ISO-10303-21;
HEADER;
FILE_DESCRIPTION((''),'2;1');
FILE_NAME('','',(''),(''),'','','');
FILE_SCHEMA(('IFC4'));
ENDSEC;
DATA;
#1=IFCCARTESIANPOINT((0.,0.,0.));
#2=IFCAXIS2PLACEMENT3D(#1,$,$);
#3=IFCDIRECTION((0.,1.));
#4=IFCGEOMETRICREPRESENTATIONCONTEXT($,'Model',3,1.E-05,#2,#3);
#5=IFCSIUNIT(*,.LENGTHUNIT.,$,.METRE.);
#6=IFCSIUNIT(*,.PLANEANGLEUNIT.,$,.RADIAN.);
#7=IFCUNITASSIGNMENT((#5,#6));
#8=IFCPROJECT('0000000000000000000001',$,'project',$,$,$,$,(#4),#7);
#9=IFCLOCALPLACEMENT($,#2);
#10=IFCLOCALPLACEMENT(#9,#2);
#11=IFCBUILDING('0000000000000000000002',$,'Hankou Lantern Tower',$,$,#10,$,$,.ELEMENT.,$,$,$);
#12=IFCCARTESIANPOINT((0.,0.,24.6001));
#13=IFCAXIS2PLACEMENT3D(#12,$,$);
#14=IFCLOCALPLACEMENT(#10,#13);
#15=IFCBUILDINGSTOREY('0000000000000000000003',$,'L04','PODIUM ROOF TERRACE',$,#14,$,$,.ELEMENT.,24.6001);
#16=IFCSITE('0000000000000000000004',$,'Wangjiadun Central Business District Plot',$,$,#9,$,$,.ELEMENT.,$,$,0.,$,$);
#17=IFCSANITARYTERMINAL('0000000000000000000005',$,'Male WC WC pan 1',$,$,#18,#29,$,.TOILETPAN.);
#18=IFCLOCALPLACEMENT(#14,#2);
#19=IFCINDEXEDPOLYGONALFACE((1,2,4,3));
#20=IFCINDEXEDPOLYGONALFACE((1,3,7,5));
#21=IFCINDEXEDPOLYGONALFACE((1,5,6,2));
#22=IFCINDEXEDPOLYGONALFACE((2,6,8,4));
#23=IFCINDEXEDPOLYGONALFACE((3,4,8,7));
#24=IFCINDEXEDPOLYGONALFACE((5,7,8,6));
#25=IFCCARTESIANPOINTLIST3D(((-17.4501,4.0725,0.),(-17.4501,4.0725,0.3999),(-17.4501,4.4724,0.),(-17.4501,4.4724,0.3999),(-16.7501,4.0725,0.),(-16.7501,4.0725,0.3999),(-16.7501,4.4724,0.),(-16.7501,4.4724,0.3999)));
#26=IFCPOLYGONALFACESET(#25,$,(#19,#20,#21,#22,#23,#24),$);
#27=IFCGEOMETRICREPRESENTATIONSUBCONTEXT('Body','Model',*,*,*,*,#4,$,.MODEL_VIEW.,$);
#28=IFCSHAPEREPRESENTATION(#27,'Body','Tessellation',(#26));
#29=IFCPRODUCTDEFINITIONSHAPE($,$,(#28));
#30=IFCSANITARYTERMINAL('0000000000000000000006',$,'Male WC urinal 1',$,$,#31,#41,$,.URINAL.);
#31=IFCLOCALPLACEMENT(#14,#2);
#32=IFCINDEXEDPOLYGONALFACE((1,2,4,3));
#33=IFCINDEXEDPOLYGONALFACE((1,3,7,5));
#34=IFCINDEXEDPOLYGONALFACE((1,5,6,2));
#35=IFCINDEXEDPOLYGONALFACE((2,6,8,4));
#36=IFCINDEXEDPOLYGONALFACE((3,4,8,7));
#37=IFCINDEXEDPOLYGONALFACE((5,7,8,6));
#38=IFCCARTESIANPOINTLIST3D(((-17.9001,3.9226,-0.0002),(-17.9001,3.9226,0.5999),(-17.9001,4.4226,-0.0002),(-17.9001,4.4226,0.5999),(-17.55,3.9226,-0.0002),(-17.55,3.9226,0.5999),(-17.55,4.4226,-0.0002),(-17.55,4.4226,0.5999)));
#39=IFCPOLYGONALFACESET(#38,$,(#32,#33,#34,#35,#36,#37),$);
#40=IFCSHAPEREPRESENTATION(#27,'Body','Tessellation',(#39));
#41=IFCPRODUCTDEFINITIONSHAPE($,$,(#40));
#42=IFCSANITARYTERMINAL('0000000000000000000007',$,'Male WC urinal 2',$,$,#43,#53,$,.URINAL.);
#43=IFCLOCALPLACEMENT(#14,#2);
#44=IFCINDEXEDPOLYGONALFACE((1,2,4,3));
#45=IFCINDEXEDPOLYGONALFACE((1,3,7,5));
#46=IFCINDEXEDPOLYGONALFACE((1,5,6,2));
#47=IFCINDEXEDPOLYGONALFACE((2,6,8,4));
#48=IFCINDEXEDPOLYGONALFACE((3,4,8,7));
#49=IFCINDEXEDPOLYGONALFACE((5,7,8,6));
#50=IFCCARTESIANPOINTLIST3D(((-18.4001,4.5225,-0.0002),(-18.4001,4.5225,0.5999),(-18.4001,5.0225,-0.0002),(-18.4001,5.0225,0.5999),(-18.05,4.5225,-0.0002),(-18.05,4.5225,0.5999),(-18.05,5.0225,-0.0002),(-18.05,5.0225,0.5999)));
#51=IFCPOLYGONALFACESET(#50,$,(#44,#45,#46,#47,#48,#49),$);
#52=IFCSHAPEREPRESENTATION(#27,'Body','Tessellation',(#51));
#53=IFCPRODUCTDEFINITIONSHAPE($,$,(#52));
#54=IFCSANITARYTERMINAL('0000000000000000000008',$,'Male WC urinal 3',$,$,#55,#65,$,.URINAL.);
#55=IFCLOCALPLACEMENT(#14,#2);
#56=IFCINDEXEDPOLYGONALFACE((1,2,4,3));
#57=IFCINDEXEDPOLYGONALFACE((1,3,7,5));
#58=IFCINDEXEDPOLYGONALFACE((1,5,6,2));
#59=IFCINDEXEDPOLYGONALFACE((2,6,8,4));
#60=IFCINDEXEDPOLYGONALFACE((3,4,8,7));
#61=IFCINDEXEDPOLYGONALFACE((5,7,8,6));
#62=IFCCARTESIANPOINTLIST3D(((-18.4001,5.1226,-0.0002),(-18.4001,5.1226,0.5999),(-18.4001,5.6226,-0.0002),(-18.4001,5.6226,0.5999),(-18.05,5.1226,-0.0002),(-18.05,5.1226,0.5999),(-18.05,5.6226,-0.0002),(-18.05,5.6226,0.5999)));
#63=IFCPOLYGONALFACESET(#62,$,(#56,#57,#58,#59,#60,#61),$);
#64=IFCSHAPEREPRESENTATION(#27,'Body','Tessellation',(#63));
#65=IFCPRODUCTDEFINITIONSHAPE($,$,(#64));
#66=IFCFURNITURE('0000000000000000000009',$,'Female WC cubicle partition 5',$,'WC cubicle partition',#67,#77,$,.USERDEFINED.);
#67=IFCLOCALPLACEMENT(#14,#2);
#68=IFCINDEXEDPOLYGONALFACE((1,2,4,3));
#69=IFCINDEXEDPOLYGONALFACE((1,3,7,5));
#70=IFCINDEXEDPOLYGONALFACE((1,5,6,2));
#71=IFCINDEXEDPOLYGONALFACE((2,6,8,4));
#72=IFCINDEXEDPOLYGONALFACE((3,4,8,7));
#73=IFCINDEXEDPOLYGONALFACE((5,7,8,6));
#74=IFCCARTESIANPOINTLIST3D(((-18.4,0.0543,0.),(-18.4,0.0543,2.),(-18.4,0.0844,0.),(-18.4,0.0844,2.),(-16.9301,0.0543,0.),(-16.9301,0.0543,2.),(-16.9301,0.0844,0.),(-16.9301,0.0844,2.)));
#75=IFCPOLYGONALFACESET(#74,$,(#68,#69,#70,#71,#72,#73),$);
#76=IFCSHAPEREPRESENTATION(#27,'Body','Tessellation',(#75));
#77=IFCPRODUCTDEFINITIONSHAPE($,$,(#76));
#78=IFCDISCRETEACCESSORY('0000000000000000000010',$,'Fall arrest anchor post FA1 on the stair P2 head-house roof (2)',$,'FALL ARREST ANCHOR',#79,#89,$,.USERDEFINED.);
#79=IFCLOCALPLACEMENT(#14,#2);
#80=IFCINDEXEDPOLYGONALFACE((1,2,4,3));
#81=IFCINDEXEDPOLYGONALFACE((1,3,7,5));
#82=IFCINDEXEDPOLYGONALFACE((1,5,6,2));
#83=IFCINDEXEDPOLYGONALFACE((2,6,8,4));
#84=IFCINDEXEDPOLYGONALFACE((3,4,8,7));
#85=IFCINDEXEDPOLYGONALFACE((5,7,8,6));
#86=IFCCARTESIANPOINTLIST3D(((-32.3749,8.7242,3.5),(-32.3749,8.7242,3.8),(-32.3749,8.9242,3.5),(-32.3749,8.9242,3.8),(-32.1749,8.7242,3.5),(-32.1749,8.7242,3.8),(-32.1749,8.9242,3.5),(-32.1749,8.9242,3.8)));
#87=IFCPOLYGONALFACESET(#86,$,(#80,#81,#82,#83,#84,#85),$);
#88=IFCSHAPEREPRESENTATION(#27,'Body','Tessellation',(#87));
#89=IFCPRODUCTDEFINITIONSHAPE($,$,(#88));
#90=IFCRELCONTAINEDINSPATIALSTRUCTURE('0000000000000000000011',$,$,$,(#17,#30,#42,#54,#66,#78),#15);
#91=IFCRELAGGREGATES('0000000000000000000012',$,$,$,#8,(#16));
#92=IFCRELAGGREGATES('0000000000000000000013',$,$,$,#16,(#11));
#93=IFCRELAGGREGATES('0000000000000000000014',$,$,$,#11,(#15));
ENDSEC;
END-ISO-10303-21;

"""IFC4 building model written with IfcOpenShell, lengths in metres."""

from ifc_helpers import new_model, si_unit, direction, frame, origin, origin_2d, place, context, subcontext, project, spatial, rectangle, extrude, element, save


model = new_model("IFC4")

# Units and contexts
model_context = context("Model", 3, precision=1e-05, world=origin(), true_north=direction((0.0, 1.0)))
body_context = subcontext(model_context, "Body", "Model", "MODEL_VIEW")
ifc_project = project(units=[si_unit("LENGTHUNIT", "METRE"), si_unit("PLANEANGLEUNIT", "RADIAN")], contexts=[model_context])

# Site, building, storey
site_placement = place(None, origin())
site = spatial("IfcSite", under=ifc_project, at=site_placement, Name="Wangjiadun Central Business District Plot", CompositionType="ELEMENT", RefElevation=0.0)
building_placement = place(site_placement, origin())
building = spatial("IfcBuilding", under=site, at=building_placement, Name="Hankou Lantern Tower", CompositionType="ELEMENT")
storey_placement = place(building_placement, frame((0.0, 0.0, 24.6001)))
storey = spatial("IfcBuildingStorey", under=building, at=storey_placement, Name="L04", Description="PODIUM ROOF TERRACE", CompositionType="ELEMENT", Elevation=24.6001)

# Sanitary terminals
sanitary_terminal_placement = place(storey_placement, frame((-17.1001, 4.2725, 0.0), z_axis=(0.0, 0.0, 1.0), x_axis=(0.0, 1.0, 0.0)))
element("IfcSanitaryTerminal", 1, at=sanitary_terminal_placement, inside=storey, Name="Male WC WC pan 1", PredefinedType="TOILETPAN", context=body_context, shape_type="SweptSolid", body=[
    extrude(rectangle(XDim=0.3999, YDim=0.7, at=origin_2d()), origin(), (0.0, 0.0, 1.0), 0.3999),
])
for number, where, z_axis, x_axis, name in (
    (2, (-17.7251, 4.1726, -0.0002), (0.0, 0.0, 1.0), (0.0, 1.0, 0.0), "Male WC urinal 1"),
    (3, (-18.2251, 4.7725, -0.0002), (0.0, 0.0, 1.0), (0.0, 1.0, 0.0), "Male WC urinal 2"),
    (4, (-18.2251, 5.3726, -0.0002), (0.0, 0.0, 1.0), (0.0, 1.0, 0.0), "Male WC urinal 3"),
):
    element("IfcSanitaryTerminal", number, at=place(storey_placement, frame(where, z_axis=z_axis, x_axis=x_axis)), inside=storey, Name=name, PredefinedType="URINAL", context=body_context, shape_type="SweptSolid", body=[
        extrude(rectangle(XDim=0.5, YDim=0.3501, at=origin_2d()), origin(), (0.0, 0.0, 1.0), 0.6001),
    ])

# Furniture
furniture_placement = place(storey_placement, frame((-17.665, 0.0693, 0.0), z_axis=(0.0, 0.0, 1.0), x_axis=(0.0, 1.0, 0.0)))
element("IfcFurniture", 5, at=furniture_placement, inside=storey, Name="Female WC cubicle partition 5", ObjectType="WC cubicle partition", PredefinedType="USERDEFINED", context=body_context, shape_type="SweptSolid", body=[
    extrude(rectangle(XDim=0.03, YDim=1.47, at=origin_2d()), origin(), (0.0, 0.0, 1.0), 2.0),
])

# Discrete accessory
discrete_accessory_placement = place(storey_placement, frame((-32.2749, 8.8242, 3.5), z_axis=(0.0, 0.0, 1.0), x_axis=(1.0, 0.0, 0.0)))
element("IfcDiscreteAccessory", 6, at=discrete_accessory_placement, inside=storey, Name="Fall arrest anchor post FA1 on the stair P2 head-house roof (2)", ObjectType="FALL ARREST ANCHOR", PredefinedType="USERDEFINED", context=body_context, shape_type="SweptSolid", body=[
    extrude(rectangle(XDim=0.2, YDim=0.2, at=origin_2d()), origin(), (0.0, 0.0, 1.0), 0.3),
])

save(model, "model.ifc")
